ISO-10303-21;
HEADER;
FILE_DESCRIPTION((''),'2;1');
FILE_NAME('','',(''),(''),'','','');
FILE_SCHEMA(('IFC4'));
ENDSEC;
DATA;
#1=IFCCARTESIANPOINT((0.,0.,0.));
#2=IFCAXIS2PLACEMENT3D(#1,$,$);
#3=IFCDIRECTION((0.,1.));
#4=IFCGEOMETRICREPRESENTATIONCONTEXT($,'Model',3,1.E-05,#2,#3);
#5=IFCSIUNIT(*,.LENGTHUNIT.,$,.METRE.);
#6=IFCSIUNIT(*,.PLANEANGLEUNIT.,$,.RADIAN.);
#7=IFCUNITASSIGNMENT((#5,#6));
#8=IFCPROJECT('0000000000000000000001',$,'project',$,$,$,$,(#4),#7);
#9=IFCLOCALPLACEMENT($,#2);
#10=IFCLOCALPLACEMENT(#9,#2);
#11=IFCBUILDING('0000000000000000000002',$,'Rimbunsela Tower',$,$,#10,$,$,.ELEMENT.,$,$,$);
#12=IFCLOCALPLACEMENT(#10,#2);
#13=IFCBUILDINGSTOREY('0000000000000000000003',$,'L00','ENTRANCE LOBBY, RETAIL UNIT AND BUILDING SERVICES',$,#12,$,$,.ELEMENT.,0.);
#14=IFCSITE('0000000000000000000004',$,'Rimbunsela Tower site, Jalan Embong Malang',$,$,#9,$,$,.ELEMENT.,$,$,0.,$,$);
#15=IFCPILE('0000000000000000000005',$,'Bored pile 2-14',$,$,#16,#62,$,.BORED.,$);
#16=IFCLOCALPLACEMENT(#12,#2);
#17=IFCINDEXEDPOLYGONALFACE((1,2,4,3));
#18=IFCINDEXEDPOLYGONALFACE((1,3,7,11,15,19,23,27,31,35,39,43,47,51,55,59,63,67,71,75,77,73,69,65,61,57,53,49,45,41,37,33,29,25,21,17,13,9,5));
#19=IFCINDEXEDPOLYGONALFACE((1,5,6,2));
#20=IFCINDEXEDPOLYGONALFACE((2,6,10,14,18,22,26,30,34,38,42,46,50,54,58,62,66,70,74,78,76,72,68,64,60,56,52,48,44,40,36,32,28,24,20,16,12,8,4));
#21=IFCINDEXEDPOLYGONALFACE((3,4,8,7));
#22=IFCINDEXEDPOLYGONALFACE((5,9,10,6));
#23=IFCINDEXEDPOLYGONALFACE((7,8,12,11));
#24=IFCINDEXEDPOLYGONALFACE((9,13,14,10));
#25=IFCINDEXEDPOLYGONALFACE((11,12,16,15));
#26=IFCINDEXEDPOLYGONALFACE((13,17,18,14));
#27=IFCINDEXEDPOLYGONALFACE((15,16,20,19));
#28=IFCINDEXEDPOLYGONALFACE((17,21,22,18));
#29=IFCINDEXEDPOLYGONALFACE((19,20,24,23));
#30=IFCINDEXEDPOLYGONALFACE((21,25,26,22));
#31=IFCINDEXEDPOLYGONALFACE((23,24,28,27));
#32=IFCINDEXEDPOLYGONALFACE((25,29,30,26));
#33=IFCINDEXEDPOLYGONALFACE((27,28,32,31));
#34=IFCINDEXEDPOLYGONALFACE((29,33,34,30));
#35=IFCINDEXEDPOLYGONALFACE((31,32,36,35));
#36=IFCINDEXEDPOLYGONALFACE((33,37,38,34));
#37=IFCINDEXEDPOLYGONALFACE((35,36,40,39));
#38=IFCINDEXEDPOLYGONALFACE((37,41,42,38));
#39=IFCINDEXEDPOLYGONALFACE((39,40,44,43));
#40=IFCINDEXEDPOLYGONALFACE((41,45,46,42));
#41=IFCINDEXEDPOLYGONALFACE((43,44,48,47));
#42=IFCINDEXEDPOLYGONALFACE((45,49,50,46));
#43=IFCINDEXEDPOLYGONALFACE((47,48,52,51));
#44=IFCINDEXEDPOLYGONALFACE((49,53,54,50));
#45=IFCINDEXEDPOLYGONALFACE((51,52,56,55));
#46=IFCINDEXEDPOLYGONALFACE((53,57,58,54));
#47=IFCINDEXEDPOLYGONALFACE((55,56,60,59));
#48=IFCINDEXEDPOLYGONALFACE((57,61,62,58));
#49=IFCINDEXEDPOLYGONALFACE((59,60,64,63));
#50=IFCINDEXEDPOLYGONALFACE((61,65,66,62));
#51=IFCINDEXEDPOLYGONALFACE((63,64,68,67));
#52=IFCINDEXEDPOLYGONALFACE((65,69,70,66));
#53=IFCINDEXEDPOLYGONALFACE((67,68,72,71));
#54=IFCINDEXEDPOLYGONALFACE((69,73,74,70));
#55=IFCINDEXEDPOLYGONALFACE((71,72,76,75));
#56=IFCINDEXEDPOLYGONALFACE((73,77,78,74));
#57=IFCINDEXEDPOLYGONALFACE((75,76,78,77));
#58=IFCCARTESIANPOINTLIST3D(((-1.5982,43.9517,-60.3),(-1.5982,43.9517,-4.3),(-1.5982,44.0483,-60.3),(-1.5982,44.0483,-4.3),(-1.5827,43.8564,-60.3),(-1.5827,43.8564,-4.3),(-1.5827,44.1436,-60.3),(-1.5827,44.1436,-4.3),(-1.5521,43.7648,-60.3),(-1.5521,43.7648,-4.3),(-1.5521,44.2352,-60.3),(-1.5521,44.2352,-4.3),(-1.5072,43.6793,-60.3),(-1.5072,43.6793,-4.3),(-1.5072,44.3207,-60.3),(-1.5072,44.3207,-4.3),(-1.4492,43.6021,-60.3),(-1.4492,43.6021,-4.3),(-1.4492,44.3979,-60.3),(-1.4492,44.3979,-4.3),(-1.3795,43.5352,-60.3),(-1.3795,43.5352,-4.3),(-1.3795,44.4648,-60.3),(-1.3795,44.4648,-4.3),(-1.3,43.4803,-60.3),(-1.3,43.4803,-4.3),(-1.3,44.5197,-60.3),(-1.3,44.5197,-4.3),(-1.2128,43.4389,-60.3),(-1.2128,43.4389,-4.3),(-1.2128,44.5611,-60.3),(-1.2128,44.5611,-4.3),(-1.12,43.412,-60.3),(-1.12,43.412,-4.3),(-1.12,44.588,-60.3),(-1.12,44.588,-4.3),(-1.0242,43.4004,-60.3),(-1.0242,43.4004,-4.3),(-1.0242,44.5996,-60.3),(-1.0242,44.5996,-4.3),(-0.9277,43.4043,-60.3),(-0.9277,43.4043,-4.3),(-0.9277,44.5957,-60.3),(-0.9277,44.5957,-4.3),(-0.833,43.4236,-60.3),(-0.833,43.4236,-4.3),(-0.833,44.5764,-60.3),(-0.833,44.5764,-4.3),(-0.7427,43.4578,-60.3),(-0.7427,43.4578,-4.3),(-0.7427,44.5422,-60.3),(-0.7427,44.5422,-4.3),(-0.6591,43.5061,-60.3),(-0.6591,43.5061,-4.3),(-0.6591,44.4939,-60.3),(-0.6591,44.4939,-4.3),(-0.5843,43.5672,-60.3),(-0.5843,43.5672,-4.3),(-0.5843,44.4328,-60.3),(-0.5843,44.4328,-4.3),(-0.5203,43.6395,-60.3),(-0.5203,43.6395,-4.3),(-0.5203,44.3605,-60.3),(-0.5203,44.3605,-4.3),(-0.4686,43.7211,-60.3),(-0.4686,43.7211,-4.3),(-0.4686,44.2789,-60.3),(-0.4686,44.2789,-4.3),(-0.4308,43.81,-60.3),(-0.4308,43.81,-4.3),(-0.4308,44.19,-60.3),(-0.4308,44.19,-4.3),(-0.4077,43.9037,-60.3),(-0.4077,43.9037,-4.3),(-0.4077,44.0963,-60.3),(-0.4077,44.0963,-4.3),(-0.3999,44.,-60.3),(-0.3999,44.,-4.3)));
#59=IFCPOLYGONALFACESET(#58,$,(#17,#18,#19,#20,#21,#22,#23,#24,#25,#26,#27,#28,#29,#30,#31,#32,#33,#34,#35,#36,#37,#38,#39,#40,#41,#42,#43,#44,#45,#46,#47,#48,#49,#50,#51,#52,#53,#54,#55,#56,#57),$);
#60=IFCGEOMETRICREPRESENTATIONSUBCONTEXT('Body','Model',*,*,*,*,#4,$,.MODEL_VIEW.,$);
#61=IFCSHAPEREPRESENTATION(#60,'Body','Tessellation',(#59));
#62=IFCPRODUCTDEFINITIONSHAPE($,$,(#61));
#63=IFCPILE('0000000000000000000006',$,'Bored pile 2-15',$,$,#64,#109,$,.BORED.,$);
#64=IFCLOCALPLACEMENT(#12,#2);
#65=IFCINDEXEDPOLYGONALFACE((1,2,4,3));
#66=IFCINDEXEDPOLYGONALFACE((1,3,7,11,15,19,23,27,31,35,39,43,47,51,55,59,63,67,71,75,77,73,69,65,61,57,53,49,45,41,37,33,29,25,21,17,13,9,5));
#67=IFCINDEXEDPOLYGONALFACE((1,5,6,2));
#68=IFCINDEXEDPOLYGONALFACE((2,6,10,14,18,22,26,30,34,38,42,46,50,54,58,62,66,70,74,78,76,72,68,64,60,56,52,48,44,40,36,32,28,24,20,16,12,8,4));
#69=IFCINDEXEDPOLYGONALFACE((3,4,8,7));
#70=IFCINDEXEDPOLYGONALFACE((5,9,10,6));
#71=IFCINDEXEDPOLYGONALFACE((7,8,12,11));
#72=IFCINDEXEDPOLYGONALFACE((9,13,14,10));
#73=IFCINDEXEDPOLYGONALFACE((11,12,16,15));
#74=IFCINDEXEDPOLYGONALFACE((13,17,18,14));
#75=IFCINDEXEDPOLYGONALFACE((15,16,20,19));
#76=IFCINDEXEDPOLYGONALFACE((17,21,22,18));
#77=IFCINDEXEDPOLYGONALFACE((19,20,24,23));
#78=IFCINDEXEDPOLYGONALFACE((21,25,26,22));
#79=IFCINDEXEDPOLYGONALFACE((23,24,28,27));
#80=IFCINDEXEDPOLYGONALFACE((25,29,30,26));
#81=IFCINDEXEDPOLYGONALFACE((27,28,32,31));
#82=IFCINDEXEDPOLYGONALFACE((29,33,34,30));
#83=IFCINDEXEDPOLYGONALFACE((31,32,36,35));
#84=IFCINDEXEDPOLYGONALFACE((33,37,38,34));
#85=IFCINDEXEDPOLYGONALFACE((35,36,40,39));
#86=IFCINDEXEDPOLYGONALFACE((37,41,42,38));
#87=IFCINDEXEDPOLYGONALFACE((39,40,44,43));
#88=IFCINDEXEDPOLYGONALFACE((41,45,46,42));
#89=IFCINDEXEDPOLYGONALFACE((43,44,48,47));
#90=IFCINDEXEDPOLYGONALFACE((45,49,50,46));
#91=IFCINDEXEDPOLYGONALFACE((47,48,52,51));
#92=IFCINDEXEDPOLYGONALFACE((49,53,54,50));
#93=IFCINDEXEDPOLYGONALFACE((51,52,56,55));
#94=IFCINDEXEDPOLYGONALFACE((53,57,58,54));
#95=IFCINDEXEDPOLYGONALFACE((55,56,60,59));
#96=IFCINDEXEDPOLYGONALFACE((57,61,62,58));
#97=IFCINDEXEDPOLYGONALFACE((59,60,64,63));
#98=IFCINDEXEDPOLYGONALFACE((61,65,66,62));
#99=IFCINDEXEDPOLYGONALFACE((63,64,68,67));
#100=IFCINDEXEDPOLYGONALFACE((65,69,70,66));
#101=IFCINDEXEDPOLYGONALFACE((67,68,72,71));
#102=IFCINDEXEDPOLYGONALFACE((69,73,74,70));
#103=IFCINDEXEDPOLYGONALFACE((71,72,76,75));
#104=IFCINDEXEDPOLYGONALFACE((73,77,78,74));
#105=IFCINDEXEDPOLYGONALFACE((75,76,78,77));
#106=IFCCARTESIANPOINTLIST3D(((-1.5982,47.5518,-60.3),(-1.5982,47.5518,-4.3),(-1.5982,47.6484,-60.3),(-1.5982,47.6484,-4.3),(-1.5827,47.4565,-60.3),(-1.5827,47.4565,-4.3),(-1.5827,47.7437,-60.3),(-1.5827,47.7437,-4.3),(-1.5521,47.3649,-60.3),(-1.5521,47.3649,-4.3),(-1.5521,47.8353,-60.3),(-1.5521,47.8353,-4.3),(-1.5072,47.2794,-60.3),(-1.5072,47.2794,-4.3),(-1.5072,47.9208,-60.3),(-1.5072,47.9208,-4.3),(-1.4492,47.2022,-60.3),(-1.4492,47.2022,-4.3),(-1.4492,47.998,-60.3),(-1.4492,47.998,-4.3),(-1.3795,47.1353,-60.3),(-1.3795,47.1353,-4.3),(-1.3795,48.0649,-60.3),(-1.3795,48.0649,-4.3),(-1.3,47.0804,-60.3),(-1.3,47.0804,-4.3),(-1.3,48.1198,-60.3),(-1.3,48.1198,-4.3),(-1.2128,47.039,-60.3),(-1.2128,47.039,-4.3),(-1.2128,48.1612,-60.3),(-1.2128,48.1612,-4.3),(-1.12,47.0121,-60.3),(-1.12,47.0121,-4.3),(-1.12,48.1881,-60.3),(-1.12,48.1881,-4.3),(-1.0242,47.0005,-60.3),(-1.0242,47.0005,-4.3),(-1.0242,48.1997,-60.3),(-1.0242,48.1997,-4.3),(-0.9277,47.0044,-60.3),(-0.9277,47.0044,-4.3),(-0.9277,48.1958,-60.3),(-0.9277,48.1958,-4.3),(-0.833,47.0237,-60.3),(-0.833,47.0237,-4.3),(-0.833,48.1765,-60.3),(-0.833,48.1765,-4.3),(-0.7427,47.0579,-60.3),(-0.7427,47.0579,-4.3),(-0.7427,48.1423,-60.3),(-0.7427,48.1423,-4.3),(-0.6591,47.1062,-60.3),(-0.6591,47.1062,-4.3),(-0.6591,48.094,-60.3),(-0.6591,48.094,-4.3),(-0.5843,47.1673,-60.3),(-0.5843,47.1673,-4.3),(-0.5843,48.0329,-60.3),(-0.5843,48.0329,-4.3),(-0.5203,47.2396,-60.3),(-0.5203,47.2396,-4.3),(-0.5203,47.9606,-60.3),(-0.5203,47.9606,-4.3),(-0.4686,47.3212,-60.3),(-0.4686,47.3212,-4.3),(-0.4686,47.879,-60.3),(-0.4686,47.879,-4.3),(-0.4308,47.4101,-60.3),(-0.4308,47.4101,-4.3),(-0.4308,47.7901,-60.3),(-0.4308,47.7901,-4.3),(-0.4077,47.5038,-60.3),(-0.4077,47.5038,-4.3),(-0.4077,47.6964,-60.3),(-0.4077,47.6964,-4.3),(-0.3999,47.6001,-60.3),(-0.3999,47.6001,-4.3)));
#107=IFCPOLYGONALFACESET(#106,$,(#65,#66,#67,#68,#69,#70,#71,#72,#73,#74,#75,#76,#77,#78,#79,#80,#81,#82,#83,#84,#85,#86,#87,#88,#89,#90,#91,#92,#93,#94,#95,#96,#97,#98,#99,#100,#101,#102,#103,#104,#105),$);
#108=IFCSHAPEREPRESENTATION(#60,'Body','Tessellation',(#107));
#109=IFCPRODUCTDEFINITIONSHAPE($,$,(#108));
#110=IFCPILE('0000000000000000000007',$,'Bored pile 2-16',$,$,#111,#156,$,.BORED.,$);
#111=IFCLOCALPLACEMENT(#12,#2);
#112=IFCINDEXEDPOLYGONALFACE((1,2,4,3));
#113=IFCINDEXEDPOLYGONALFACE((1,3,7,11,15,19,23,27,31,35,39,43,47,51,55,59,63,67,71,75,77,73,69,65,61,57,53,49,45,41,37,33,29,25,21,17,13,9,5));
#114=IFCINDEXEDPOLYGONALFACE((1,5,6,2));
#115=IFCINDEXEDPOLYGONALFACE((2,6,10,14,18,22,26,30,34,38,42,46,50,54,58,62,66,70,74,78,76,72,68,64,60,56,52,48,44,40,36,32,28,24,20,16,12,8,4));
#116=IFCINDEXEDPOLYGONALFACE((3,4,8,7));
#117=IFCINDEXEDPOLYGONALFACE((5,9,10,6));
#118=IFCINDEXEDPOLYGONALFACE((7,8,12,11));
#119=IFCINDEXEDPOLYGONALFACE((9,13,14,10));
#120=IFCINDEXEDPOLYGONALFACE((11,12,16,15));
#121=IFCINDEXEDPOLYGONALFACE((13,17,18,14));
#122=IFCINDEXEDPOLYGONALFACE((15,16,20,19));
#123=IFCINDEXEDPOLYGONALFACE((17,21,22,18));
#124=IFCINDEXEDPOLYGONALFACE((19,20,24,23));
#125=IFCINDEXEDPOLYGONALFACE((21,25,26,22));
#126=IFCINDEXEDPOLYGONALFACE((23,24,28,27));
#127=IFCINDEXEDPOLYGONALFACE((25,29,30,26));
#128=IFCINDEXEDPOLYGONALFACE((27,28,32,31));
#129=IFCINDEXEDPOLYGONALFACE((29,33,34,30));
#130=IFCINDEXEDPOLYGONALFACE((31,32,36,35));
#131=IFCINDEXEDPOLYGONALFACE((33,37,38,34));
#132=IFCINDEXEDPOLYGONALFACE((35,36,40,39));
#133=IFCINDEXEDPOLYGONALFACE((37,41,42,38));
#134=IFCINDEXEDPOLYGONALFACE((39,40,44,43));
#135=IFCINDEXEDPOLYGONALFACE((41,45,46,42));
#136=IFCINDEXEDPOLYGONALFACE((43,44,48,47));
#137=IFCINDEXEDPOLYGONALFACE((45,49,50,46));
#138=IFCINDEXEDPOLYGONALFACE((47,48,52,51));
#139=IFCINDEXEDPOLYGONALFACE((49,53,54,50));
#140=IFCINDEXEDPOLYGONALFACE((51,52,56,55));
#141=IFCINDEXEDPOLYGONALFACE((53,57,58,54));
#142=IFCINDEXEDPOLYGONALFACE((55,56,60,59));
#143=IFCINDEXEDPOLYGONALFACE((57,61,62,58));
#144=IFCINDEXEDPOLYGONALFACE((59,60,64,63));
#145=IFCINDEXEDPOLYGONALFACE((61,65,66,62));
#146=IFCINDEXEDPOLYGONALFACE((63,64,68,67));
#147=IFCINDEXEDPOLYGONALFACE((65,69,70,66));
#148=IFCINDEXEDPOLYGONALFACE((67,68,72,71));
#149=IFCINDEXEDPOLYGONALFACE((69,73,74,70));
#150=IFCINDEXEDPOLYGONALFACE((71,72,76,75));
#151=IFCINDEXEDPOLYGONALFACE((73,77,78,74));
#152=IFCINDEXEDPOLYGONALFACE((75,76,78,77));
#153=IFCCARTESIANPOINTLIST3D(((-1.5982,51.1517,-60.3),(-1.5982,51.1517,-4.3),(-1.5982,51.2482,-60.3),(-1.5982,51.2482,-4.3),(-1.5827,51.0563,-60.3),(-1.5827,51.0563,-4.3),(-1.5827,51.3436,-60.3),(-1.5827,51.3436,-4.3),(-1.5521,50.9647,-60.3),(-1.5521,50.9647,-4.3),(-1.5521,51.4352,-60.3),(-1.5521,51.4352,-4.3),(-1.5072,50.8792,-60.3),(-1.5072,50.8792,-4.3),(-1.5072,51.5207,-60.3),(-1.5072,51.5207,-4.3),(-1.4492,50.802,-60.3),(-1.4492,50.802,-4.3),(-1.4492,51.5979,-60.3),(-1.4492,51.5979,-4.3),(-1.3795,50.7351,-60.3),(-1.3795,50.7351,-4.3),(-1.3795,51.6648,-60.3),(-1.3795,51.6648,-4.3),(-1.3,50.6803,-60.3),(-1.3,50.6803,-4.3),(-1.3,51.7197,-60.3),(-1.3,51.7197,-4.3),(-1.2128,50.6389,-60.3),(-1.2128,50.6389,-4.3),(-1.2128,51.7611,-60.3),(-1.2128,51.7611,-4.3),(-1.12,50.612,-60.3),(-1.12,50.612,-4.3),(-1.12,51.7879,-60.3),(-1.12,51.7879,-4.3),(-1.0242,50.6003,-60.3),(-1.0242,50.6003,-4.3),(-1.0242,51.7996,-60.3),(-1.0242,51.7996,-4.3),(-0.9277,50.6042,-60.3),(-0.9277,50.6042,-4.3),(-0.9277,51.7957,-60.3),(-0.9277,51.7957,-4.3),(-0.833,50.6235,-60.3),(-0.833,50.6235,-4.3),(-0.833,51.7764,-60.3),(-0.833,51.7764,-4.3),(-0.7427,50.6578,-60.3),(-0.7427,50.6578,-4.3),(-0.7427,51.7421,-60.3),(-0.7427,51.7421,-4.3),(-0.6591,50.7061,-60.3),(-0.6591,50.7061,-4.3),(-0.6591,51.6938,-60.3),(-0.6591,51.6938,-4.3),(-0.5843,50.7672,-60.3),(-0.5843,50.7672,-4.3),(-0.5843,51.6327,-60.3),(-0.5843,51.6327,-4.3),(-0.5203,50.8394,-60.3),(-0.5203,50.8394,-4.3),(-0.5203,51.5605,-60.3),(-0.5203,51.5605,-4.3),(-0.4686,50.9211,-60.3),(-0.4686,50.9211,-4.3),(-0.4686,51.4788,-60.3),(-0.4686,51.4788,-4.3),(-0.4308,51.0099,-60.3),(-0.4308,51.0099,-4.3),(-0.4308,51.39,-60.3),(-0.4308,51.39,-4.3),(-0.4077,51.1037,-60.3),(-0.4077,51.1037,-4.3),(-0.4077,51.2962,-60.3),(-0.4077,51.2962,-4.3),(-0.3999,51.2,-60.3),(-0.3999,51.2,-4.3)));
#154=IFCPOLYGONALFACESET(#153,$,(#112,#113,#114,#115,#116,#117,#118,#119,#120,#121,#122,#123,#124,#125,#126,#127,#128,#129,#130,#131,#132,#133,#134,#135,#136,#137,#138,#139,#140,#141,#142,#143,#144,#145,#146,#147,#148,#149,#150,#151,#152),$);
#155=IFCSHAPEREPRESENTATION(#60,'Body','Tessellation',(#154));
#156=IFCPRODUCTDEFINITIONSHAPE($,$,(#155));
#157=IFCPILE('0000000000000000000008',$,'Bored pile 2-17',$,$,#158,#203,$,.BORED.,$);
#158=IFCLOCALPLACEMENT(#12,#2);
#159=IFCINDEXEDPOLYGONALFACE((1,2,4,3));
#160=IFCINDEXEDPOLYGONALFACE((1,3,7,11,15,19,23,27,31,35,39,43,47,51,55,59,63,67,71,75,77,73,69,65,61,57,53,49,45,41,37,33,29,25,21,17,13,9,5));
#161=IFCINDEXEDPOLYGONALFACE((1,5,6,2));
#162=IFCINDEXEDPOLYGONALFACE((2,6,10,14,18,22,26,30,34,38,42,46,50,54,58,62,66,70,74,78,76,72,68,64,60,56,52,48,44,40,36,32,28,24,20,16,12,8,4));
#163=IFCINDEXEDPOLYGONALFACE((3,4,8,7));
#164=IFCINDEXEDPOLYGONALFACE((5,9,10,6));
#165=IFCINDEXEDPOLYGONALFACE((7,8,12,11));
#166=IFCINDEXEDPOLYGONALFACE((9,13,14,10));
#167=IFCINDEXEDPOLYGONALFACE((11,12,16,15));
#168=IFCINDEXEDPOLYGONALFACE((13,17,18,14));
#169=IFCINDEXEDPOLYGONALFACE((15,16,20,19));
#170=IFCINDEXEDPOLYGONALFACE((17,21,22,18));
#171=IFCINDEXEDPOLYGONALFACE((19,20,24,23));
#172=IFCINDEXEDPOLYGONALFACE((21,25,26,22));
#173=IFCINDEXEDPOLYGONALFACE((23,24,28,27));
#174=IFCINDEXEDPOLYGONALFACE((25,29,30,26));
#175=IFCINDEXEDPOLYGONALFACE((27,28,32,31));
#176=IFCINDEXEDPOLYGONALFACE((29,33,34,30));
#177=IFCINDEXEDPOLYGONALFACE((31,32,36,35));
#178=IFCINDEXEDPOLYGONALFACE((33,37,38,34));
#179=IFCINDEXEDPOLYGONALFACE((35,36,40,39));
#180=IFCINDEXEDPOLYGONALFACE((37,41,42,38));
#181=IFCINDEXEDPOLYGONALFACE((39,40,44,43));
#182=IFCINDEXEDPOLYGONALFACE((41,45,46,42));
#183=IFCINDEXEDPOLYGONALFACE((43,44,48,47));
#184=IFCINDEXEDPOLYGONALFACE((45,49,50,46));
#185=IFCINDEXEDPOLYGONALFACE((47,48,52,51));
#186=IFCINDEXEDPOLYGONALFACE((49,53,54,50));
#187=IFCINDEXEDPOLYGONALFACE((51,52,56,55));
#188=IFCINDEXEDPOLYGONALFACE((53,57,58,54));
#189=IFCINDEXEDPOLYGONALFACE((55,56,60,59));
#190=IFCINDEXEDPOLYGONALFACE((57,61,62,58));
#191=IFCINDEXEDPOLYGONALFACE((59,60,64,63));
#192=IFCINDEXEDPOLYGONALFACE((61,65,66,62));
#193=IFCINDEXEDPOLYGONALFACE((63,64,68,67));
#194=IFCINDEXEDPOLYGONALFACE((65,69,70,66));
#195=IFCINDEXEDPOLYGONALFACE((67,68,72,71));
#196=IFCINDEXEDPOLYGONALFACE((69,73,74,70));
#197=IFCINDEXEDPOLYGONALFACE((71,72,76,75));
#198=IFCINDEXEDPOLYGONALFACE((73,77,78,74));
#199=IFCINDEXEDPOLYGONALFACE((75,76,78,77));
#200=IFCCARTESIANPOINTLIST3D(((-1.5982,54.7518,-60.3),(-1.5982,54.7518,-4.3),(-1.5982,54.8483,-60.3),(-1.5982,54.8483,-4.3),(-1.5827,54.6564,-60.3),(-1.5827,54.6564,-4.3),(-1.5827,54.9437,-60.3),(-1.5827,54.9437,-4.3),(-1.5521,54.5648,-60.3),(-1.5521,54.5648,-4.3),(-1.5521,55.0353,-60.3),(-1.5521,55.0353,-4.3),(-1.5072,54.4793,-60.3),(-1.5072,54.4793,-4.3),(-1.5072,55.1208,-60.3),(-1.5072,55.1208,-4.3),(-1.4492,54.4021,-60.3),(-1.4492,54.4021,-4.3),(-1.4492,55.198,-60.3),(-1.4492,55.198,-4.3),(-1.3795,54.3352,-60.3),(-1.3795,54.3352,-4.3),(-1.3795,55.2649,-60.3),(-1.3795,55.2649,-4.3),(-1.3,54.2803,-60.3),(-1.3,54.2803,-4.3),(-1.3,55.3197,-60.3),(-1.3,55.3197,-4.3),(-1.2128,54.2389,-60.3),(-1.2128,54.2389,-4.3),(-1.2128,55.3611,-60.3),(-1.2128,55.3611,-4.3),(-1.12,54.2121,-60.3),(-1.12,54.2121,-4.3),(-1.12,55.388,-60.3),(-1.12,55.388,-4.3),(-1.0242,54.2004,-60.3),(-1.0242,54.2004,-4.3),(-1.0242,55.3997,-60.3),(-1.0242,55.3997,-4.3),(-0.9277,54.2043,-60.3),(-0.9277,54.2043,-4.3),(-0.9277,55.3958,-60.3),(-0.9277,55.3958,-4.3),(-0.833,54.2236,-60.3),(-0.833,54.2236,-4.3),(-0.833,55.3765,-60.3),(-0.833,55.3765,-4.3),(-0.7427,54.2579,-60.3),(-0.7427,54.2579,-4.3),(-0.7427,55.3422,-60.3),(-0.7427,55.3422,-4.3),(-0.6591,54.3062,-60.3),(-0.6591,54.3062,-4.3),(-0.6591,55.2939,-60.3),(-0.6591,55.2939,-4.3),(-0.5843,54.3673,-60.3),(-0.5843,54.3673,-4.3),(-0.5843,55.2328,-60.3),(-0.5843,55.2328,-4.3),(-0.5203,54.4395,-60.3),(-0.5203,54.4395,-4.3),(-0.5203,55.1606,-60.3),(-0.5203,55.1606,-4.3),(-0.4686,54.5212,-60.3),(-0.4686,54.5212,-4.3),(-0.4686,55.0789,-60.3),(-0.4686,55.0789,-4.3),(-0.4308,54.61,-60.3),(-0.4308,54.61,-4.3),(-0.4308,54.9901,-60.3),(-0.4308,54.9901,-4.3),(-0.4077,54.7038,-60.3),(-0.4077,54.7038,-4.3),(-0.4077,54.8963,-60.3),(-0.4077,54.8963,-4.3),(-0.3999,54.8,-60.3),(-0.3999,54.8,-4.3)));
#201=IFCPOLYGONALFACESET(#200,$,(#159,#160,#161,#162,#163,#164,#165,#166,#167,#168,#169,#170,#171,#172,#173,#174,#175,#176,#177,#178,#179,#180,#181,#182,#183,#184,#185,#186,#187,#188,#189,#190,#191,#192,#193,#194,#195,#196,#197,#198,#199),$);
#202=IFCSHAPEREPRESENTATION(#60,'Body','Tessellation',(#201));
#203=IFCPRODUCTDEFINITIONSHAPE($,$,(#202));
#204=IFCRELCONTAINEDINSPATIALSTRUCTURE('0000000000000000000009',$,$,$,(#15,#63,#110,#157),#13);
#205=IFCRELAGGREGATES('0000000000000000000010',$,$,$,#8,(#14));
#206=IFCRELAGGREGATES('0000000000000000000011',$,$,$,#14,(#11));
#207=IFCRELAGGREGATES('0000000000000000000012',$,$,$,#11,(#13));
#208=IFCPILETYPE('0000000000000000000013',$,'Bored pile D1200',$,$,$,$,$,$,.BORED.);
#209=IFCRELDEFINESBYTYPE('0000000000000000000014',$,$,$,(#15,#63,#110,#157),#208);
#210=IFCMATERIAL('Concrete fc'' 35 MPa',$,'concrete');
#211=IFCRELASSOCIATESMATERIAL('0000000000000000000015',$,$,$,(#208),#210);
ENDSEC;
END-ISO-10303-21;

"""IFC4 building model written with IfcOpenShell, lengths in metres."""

from ifc_helpers import new_model, si_unit, direction, frame, origin, origin_2d, place, context, subcontext, project, spatial, circle, extrude, material, material_profile, profile_set, type_object, element, save


model = new_model("IFC4")

# Units and contexts
model_context = context("Model", 3, precision=1e-05, world=origin(), true_north=direction((0.0, 1.0)))
body_context = subcontext(model_context, "Body", "Model", "MODEL_VIEW")
ifc_project = project(units=[si_unit("LENGTHUNIT", "METRE"), si_unit("PLANEANGLEUNIT", "RADIAN")], contexts=[model_context])

# Site, building, storey
site_placement = place(None, origin())
site = spatial("IfcSite", under=ifc_project, at=site_placement, Name="Rimbunsela Tower site, Jalan Embong Malang", CompositionType="ELEMENT", RefElevation=0.0)
building_placement = place(site_placement, origin())
building = spatial("IfcBuilding", under=site, at=building_placement, Name="Rimbunsela Tower", CompositionType="ELEMENT")
storey_placement = place(building_placement, origin())
storey = spatial("IfcBuildingStorey", under=building, at=storey_placement, Name="L00", Description="ENTRANCE LOBBY, RETAIL UNIT AND BUILDING SERVICES", CompositionType="ELEMENT", Elevation=0.0)

# Piles
ifc_material_1 = material(Name="Concrete fc' 35 MPa", Category="concrete")
ifc_material_profile_1 = material_profile(ifc_material_1, circle(Radius=0.6001, at=origin_2d()), Name="BP D1200")
ifc_profile_set_1 = profile_set([ifc_material_profile_1], Name="Concrete fc' 35 MPa")
pile_type = type_object("IfcPileType", Name="Bored pile D1200", PredefinedType="BORED", material=ifc_profile_set_1)
for number, where, z_axis, x_axis, name in (
    (1, (-1.0, 44.0, -4.3), (0.0, 0.0, -1.0), (1.0, 0.0, 0.0), "Bored pile 2-14"),
    (2, (-1.0, 47.6001, -4.3), (0.0, 0.0, -1.0), (1.0, 0.0, 0.0), "Bored pile 2-15"),
    (3, (-1.0, 51.2, -4.3), (0.0, 0.0, -1.0), (1.0, 0.0, 0.0), "Bored pile 2-16"),
    (4, (-1.0, 54.8, -4.3), (0.0, 0.0, -1.0), (1.0, 0.0, 0.0), "Bored pile 2-17"),
):
    element("IfcPile", number, at=place(storey_placement, frame(where, z_axis=z_axis, x_axis=x_axis)), inside=storey, type_object=pile_type, Name=name, PredefinedType="BORED", context=body_context, shape_type="SweptSolid", body=[
        extrude(circle(Radius=0.6001, at=origin_2d()), origin(), (0.0, 0.0, 1.0), 56.0),
    ])

save(model, "model.ifc")
